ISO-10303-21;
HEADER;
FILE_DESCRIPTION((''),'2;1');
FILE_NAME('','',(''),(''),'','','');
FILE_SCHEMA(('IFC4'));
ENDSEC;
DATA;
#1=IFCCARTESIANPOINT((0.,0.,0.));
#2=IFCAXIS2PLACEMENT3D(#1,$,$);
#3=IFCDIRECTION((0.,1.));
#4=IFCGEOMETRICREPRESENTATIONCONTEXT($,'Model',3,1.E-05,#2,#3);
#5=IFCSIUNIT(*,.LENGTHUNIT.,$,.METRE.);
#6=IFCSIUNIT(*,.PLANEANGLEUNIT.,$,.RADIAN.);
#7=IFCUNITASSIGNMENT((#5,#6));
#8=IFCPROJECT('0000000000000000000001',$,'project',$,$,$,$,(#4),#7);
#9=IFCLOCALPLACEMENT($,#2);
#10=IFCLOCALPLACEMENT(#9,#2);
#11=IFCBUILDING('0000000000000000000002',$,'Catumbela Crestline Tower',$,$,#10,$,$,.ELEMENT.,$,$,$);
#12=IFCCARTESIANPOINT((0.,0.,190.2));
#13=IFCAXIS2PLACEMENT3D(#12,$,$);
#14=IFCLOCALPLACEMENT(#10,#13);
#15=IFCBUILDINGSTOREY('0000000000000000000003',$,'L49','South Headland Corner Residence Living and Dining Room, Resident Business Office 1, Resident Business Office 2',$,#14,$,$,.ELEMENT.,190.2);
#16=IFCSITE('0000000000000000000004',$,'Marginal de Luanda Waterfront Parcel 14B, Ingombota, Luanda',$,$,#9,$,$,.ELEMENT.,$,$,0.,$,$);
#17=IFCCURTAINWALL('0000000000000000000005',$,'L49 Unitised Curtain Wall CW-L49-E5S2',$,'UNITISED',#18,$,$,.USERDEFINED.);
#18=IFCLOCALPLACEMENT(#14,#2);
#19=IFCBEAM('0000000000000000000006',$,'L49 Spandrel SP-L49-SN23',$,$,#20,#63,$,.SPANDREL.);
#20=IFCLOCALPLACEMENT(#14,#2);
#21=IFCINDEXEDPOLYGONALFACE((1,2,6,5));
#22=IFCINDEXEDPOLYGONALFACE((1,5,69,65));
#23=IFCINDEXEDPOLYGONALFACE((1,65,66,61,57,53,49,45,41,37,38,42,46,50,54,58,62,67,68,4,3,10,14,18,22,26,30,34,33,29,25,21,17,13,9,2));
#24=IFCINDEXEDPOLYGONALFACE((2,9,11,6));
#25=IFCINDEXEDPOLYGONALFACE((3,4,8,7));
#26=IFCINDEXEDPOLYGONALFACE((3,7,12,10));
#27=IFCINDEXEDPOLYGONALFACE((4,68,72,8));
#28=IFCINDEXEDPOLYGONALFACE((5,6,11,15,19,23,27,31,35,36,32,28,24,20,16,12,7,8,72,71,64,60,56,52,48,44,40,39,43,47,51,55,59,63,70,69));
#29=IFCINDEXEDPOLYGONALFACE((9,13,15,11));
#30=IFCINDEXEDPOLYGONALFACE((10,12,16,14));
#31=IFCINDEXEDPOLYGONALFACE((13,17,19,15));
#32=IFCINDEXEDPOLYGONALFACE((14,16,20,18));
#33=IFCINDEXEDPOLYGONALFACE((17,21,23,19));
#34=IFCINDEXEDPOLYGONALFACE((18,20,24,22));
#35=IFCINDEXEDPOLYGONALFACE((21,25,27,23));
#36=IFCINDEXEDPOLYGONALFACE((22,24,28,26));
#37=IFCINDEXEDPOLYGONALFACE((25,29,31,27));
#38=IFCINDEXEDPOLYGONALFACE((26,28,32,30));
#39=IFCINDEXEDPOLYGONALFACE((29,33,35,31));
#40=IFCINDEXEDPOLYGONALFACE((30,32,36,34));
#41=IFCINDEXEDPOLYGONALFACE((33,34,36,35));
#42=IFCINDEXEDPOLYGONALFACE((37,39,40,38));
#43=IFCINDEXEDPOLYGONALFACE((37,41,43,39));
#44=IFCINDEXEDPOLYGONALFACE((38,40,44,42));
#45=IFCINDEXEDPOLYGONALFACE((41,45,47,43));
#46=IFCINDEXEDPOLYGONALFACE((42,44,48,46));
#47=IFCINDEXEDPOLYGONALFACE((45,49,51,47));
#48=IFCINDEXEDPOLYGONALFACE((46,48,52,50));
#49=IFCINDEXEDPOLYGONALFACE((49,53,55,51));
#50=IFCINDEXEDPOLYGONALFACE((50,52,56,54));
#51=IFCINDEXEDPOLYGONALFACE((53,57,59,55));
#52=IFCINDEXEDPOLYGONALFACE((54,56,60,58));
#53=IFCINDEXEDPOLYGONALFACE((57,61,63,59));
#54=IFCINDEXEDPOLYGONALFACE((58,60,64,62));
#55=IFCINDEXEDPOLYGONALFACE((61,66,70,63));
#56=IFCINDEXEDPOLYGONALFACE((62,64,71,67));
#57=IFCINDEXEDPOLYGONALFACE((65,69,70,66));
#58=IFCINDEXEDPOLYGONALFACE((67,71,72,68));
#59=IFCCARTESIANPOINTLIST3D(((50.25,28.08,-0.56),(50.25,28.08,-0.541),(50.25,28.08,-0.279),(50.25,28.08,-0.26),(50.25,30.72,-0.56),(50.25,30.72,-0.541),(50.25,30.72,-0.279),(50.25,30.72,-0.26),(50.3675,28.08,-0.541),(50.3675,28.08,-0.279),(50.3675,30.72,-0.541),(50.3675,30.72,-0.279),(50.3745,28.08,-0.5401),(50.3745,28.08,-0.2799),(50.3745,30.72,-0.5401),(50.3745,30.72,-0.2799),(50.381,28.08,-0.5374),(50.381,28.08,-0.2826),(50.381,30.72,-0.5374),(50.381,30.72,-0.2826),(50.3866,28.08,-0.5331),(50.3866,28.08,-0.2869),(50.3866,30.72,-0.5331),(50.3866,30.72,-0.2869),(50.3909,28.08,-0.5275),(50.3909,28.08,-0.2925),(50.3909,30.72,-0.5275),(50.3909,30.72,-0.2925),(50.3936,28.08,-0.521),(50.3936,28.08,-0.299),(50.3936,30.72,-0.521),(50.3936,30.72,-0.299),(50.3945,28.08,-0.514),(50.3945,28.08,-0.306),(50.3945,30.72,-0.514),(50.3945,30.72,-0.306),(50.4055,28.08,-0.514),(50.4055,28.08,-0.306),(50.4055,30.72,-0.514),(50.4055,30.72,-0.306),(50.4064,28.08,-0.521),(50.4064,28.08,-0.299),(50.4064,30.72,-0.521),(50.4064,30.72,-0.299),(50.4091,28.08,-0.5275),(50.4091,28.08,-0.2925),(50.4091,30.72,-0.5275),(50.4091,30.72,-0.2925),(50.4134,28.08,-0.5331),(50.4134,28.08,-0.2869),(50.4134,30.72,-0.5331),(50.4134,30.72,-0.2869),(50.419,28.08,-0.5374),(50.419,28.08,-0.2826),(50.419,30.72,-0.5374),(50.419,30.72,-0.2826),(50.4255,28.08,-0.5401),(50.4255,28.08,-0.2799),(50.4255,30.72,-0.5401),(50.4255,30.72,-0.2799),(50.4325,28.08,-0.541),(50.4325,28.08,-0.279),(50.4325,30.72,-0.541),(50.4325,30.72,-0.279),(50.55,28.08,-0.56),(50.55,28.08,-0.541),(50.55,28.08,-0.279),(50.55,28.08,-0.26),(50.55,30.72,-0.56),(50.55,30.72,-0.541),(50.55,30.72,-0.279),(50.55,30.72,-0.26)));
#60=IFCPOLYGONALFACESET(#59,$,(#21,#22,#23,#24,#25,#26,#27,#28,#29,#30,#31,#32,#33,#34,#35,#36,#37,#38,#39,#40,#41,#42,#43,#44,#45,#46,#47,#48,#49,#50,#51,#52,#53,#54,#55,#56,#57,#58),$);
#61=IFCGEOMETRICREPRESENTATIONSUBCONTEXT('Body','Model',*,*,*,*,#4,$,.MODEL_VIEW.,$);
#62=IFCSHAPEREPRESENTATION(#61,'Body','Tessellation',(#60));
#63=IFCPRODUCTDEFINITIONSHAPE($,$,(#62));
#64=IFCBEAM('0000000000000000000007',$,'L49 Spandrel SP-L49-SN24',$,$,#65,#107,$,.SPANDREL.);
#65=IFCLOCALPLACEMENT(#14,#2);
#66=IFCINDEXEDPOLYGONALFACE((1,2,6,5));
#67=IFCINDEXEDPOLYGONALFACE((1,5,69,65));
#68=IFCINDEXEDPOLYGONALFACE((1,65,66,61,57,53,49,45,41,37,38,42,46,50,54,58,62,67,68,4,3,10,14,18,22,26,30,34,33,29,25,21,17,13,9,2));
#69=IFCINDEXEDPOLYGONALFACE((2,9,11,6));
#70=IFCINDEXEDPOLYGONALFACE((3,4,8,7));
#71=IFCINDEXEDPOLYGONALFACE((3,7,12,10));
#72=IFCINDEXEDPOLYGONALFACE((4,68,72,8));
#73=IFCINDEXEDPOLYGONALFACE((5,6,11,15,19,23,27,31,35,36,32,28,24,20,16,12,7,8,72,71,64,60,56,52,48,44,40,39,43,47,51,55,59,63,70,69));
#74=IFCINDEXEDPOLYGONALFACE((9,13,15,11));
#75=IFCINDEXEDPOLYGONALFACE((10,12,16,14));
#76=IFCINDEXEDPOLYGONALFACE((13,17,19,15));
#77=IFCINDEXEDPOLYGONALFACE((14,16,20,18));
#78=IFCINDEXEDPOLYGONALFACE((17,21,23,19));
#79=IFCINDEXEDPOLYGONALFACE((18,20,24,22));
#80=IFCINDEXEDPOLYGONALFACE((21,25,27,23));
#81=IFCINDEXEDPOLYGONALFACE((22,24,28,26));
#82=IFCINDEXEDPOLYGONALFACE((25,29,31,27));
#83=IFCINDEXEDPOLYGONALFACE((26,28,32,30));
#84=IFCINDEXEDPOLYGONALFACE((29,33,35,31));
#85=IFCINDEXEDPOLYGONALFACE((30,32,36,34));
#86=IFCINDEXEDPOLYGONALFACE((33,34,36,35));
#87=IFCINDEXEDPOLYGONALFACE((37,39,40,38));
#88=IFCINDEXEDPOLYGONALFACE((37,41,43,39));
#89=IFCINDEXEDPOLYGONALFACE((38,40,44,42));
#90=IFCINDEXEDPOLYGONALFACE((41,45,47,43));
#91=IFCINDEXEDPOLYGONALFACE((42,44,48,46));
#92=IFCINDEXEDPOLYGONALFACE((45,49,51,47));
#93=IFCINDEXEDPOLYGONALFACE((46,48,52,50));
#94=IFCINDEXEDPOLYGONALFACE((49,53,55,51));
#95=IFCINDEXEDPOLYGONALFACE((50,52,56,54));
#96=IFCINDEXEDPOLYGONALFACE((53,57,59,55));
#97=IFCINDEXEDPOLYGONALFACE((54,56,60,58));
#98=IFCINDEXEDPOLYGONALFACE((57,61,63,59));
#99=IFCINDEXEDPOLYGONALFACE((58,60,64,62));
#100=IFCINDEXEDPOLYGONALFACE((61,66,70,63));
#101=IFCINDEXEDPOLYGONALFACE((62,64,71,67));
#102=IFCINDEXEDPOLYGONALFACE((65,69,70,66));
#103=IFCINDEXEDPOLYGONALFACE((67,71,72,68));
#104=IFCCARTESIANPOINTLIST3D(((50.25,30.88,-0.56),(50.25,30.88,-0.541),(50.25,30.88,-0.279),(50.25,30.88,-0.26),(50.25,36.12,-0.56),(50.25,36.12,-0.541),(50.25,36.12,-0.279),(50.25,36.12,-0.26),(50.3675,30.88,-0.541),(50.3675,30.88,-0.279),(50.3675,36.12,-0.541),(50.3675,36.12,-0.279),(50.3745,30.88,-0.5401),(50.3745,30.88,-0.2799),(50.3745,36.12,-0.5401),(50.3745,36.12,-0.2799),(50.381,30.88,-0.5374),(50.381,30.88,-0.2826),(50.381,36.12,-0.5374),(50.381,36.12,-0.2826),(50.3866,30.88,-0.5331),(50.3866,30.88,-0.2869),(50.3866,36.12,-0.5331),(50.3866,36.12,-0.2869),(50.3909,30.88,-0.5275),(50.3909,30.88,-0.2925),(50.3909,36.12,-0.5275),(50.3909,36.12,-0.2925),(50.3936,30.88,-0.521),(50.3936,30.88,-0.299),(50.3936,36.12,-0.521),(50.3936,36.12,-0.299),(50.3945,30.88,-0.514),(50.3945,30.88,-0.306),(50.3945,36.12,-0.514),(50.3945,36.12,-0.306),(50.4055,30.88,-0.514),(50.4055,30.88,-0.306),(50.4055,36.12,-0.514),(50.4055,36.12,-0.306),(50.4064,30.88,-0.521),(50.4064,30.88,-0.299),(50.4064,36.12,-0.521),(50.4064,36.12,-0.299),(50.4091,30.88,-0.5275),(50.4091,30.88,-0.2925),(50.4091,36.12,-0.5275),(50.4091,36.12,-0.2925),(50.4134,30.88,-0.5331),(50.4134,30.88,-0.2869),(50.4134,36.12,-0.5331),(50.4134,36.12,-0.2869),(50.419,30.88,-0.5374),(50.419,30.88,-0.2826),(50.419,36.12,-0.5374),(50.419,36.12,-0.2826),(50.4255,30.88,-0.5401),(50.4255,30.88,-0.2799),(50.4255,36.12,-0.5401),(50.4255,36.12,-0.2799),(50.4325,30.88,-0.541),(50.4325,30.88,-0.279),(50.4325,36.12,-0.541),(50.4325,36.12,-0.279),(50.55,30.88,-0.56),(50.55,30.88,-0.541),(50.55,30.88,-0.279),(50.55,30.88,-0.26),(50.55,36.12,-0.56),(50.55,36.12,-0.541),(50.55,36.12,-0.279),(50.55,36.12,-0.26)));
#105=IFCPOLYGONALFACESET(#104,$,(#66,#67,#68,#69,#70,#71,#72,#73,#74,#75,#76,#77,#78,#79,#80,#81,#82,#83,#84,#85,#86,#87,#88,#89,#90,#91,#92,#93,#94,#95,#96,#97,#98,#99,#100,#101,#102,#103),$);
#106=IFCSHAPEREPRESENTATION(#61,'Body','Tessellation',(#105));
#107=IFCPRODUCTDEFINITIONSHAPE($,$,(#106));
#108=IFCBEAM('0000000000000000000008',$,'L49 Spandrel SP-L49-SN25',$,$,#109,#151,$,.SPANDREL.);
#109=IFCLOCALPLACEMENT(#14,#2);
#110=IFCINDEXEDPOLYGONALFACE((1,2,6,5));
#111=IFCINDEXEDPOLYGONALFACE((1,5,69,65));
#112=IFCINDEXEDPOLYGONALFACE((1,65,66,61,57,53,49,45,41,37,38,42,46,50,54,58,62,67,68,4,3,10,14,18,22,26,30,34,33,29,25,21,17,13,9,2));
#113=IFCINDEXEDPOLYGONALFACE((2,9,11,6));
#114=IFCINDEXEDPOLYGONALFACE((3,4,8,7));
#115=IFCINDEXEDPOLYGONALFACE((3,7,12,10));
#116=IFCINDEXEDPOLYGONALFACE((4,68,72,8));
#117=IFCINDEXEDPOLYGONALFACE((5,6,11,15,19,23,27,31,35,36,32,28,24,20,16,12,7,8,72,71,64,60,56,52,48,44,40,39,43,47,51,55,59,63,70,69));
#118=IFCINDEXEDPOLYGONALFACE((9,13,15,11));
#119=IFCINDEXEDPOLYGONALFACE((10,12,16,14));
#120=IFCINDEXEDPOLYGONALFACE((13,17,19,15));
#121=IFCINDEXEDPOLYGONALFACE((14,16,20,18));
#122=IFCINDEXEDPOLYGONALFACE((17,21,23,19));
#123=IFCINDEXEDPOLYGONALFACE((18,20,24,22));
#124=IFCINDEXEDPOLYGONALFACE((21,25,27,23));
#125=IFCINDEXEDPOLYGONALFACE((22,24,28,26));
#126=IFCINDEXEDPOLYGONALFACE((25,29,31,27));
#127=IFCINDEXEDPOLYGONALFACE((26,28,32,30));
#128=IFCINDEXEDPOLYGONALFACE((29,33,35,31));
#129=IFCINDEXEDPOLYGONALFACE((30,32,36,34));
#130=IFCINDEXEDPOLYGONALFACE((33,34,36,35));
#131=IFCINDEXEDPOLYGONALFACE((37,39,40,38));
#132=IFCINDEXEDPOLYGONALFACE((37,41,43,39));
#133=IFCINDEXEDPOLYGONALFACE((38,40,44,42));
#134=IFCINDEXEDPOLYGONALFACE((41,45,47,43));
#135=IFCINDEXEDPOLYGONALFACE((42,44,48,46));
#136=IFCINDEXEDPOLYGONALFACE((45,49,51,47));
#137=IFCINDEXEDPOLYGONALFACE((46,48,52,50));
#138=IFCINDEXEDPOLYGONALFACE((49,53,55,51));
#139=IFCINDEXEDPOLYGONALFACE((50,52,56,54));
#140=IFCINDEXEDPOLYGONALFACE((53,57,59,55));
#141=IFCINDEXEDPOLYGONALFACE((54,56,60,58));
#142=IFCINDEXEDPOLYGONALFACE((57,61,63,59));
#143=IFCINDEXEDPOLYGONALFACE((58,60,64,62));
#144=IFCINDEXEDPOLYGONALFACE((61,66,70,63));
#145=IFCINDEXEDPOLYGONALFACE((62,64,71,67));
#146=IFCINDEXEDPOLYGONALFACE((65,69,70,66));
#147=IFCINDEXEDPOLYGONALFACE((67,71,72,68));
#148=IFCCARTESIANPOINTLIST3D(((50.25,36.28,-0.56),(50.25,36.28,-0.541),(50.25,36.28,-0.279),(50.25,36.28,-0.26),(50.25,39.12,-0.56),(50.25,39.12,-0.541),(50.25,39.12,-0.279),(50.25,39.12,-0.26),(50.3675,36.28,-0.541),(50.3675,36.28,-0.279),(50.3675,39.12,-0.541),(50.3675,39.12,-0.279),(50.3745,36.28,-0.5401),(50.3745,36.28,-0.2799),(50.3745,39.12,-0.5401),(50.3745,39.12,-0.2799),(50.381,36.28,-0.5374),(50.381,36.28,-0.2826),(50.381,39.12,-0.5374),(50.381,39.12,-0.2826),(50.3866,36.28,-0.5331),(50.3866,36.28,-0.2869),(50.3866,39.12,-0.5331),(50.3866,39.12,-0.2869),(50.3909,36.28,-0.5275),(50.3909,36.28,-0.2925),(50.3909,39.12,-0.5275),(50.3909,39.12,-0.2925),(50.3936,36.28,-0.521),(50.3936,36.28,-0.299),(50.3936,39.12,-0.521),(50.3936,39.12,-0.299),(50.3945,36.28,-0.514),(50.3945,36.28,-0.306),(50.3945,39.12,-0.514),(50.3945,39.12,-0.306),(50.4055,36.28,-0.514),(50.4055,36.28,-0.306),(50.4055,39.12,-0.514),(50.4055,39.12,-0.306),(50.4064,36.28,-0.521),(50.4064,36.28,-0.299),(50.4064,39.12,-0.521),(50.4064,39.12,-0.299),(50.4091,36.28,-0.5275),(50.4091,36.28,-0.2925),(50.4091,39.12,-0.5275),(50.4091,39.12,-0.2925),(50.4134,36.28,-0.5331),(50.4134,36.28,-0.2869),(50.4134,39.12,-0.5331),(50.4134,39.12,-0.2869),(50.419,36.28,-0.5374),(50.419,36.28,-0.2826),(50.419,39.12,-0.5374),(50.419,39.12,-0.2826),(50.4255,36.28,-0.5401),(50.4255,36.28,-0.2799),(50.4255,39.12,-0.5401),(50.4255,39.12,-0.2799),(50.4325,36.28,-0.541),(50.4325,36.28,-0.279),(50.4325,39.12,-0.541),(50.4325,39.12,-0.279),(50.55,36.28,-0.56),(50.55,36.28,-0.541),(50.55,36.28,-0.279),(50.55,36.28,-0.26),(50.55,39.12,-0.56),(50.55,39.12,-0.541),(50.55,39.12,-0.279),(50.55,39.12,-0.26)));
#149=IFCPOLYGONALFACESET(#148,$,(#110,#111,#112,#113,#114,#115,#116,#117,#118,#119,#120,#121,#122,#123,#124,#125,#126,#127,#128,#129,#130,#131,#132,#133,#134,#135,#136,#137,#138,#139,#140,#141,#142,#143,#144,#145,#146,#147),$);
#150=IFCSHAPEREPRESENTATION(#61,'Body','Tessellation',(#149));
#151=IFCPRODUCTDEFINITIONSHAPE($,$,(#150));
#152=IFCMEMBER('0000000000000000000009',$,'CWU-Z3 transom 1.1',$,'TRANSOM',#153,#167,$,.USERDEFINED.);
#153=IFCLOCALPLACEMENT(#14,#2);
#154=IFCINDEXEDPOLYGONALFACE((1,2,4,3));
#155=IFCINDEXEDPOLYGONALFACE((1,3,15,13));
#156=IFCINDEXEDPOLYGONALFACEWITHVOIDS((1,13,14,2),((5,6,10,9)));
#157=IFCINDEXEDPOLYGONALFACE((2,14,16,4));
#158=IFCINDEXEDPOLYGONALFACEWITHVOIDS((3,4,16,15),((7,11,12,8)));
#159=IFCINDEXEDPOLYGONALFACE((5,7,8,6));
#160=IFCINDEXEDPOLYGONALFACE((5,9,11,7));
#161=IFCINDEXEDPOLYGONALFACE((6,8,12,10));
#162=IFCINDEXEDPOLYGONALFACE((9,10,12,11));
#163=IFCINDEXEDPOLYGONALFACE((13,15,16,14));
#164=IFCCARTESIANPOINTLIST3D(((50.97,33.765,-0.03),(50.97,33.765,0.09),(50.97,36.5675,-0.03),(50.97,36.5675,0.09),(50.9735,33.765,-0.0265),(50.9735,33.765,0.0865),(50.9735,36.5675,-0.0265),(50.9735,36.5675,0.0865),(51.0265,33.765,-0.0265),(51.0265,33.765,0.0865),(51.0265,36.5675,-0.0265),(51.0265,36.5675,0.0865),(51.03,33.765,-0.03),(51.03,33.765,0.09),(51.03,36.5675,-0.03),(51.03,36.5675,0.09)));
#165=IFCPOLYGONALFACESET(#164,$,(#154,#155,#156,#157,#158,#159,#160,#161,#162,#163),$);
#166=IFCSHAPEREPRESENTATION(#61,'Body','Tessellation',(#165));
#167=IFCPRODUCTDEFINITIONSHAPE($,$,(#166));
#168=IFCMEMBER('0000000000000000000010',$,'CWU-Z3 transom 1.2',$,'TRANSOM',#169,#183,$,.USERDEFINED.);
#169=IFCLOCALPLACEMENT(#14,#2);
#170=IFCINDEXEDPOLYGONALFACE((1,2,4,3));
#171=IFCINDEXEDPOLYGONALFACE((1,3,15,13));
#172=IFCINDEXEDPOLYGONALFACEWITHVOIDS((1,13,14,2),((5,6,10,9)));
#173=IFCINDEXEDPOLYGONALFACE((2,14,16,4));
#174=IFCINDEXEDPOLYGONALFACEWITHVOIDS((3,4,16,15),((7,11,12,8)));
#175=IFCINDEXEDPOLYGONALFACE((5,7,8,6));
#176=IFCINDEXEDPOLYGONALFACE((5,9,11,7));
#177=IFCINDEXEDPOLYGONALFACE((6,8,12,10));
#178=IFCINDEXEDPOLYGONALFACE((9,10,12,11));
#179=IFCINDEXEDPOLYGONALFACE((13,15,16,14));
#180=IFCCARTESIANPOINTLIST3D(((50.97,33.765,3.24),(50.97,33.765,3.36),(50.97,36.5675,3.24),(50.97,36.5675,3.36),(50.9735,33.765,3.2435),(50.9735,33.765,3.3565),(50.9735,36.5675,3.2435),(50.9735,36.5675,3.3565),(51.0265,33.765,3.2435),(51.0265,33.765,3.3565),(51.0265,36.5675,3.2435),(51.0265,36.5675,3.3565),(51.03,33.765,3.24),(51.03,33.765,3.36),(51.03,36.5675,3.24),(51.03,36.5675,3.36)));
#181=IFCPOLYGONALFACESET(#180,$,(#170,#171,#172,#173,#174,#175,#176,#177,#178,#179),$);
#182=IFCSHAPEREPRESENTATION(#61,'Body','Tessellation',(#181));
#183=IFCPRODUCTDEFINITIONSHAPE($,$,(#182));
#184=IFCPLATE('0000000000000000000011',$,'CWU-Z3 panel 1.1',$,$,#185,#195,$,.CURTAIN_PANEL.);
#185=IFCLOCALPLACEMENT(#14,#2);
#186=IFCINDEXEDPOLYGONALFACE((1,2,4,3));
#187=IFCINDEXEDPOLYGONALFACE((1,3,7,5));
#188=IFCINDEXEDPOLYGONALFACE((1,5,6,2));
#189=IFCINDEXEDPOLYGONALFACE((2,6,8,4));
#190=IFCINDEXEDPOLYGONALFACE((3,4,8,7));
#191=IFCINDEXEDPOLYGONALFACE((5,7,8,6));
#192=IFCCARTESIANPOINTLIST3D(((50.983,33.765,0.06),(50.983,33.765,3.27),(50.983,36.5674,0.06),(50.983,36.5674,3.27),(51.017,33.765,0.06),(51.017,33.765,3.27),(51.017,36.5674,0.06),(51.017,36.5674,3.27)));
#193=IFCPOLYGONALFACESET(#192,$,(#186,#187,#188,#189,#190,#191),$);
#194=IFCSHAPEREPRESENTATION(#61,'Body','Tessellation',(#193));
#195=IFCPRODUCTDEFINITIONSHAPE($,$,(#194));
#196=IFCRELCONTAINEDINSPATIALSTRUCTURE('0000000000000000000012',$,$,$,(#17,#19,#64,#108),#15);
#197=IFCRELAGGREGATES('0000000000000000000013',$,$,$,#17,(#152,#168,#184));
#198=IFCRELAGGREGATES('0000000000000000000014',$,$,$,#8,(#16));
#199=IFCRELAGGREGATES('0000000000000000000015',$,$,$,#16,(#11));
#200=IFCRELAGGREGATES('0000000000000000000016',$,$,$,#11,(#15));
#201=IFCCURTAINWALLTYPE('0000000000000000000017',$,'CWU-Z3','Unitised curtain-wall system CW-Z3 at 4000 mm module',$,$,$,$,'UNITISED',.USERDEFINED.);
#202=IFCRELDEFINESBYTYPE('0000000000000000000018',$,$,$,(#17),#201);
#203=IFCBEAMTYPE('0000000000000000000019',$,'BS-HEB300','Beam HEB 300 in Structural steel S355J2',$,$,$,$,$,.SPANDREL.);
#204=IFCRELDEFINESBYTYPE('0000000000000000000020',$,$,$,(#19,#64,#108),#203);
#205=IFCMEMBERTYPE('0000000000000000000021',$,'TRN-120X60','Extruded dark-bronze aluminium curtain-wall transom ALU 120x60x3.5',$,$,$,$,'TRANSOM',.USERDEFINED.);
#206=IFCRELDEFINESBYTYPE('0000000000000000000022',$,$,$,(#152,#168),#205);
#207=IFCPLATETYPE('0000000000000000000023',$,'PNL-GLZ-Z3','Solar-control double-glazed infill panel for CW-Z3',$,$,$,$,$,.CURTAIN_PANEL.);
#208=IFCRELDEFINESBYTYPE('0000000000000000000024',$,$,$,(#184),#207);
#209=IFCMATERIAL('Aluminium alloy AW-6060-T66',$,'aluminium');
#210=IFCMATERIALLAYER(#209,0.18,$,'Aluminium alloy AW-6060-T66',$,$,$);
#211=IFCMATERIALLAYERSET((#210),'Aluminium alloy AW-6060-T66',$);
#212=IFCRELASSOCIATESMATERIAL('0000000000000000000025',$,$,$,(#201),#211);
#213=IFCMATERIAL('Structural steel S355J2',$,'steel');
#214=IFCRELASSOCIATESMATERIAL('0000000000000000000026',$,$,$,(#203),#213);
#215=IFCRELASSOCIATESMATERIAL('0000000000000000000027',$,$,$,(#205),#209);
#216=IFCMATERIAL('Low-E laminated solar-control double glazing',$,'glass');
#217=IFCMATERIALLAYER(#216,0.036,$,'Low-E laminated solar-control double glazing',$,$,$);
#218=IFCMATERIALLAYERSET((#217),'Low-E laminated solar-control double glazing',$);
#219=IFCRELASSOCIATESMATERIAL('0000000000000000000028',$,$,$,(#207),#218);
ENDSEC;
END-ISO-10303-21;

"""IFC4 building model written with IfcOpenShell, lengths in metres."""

from ifc_helpers import new_model, si_unit, direction, frame, origin, origin_2d, place, context, subcontext, project, spatial, rectangle, hollow_rectangle, i_section, extrude, material, layer, layer_set, material_profile, profile_set, type_object, element, aggregate, save


model = new_model("IFC4")

# Units and contexts
model_context = context("Model", 3, precision=1e-05, world=origin(), true_north=direction((0.0, 1.0)))
body_context = subcontext(model_context, "Body", "Model", "MODEL_VIEW")
ifc_project = project(units=[si_unit("LENGTHUNIT", "METRE"), si_unit("PLANEANGLEUNIT", "RADIAN")], contexts=[model_context])

# Site, building, storey
site_placement = place(None, origin())
site = spatial("IfcSite", under=ifc_project, at=site_placement, Name="Marginal de Luanda Waterfront Parcel 14B, Ingombota, Luanda", CompositionType="ELEMENT", RefElevation=0.0)
building_placement = place(site_placement, origin())
building = spatial("IfcBuilding", under=site, at=building_placement, Name="Catumbela Crestline Tower", CompositionType="ELEMENT")
storey_placement = place(building_placement, frame((0.0, 0.0, 190.2)))
storey = spatial("IfcBuildingStorey", under=building, at=storey_placement, Name="L49", Description="South Headland Corner Residence Living and Dining Room, Resident Business Office 1, Resident Business Office 2", CompositionType="ELEMENT", Elevation=190.2)

# Shared definitions
ifc_material_1 = material(Name="Structural steel S355J2", Category="steel")

# Curtain wall
ifc_material_2 = material(Name="Aluminium alloy AW-6060-T66", Category="aluminium")
ifc_layer_1 = layer(ifc_material_2, 0.18, Name="Aluminium alloy AW-6060-T66")
ifc_layer_set_1 = layer_set([ifc_layer_1], Name="Aluminium alloy AW-6060-T66")
curtain_wall_type = type_object("IfcCurtainWallType", Name="CWU-Z3", Description="Unitised curtain-wall system CW-Z3 at 4000 mm module", ElementType="UNITISED", PredefinedType="USERDEFINED", material=ifc_layer_set_1)
curtain_wall_placement = place(storey_placement, origin())
curtain_wall = element("IfcCurtainWall", 1, at=curtain_wall_placement, inside=storey, type_object=curtain_wall_type, Name="L49 Unitised Curtain Wall CW-L49-E5S2", ObjectType="UNITISED", PredefinedType="USERDEFINED")

# Beams
ifc_material_profile_1 = material_profile(ifc_material_1, i_section(OverallWidth=0.3, OverallDepth=0.3, WebThickness=0.011, FlangeThickness=0.019, FilletRadius=0.027, at=origin_2d()), Name="HEB 300")
ifc_profile_set_1 = profile_set([ifc_material_profile_1], Name="Structural steel S355J2")
beam_type_1 = type_object("IfcBeamType", Name="BS-HEB300", Description="Beam HEB 300 in Structural steel S355J2", PredefinedType="SPANDREL", material=ifc_profile_set_1)
beam_1_placement = place(storey_placement, frame((50.4, 28.08, -0.41), z_axis=(0.0, 1.0, 0.0), x_axis=(-1.0, 0.0, 0.0)))
element("IfcBeam", 2, at=beam_1_placement, inside=storey, type_object=beam_type_1, Name="L49 Spandrel SP-L49-SN23", PredefinedType="SPANDREL", context=body_context, shape_type="SweptSolid", body=[
    extrude(i_section(OverallWidth=0.3, OverallDepth=0.3, WebThickness=0.011, FlangeThickness=0.019, FilletRadius=0.027, at=origin_2d()), origin(), (0.0, 0.0, 1.0), 2.64),
])
beam_2_placement = place(storey_placement, frame((50.4, 30.88, -0.41), z_axis=(0.0, 1.0, 0.0), x_axis=(-1.0, 0.0, 0.0)))
element("IfcBeam", 3, at=beam_2_placement, inside=storey, type_object=beam_type_1, Name="L49 Spandrel SP-L49-SN24", PredefinedType="SPANDREL", context=body_context, shape_type="SweptSolid", body=[
    extrude(i_section(OverallWidth=0.3, OverallDepth=0.3, WebThickness=0.011, FlangeThickness=0.019, FilletRadius=0.027, at=origin_2d()), origin(), (0.0, 0.0, 1.0), 5.24),
])
beam_3_placement = place(storey_placement, frame((50.4, 36.28, -0.41), z_axis=(0.0, 1.0, 0.0), x_axis=(-1.0, 0.0, 0.0)))
element("IfcBeam", 4, at=beam_3_placement, inside=storey, type_object=beam_type_1, Name="L49 Spandrel SP-L49-SN25", PredefinedType="SPANDREL", context=body_context, shape_type="SweptSolid", body=[
    extrude(i_section(OverallWidth=0.3, OverallDepth=0.3, WebThickness=0.011, FlangeThickness=0.019, FilletRadius=0.027, at=origin_2d()), origin(), (0.0, 0.0, 1.0), 2.84),
])

# Members
ifc_material_profile_2 = material_profile(ifc_material_2, hollow_rectangle(XDim=0.06, YDim=0.12, WallThickness=0.0035, at=origin_2d()), Name="ALU 120x60x3.5")
ifc_profile_set_2 = profile_set([ifc_material_profile_2], Name="Aluminium alloy AW-6060-T66")
member_type_1 = type_object("IfcMemberType", Name="TRN-120X60", Description="Extruded dark-bronze aluminium curtain-wall transom ALU 120x60x3.5", ElementType="TRANSOM", PredefinedType="USERDEFINED", material=ifc_profile_set_2)
member_1_placement = place(storey_placement, frame((51.0, 33.765, 0.03), z_axis=(0.0, 1.0, 0.0), x_axis=(-1.0, 0.0, 0.0)))
member_1 = element("IfcMember", 5, at=member_1_placement, type_object=member_type_1, Name="CWU-Z3 transom 1.1", ObjectType="TRANSOM", PredefinedType="USERDEFINED", context=body_context, shape_type="SweptSolid", body=[
    extrude(hollow_rectangle(XDim=0.06, YDim=0.12, WallThickness=0.0035, at=origin_2d()), origin(), (0.0, 0.0, 1.0), 2.8025),
])
member_2_placement = place(storey_placement, frame((51.0, 33.765, 3.3), z_axis=(0.0, 1.0, 0.0), x_axis=(-1.0, 0.0, 0.0)))
member_2 = element("IfcMember", 6, at=member_2_placement, type_object=member_type_1, Name="CWU-Z3 transom 1.2", ObjectType="TRANSOM", PredefinedType="USERDEFINED", context=body_context, shape_type="SweptSolid", body=[
    extrude(hollow_rectangle(XDim=0.06, YDim=0.12, WallThickness=0.0035, at=origin_2d()), origin(), (0.0, 0.0, 1.0), 2.8025),
])

# Plate
ifc_material_3 = material(Name="Low-E laminated solar-control double glazing", Category="glass")
ifc_layer_2 = layer(ifc_material_3, 0.036, Name="Low-E laminated solar-control double glazing")
ifc_layer_set_2 = layer_set([ifc_layer_2], Name="Low-E laminated solar-control double glazing")
plate_type = type_object("IfcPlateType", Name="PNL-GLZ-Z3", Description="Solar-control double-glazed infill panel for CW-Z3", PredefinedType="CURTAIN_PANEL", material=ifc_layer_set_2)
plate_placement = place(storey_placement, frame((51.0, 35.1662, 0.06), z_axis=(0.0, 0.0, 1.0), x_axis=(0.0, 1.0, 0.0)))
plate = element("IfcPlate", 7, at=plate_placement, type_object=plate_type, Name="CWU-Z3 panel 1.1", PredefinedType="CURTAIN_PANEL", context=body_context, shape_type="SweptSolid", body=[
    extrude(rectangle(XDim=2.8025, YDim=0.034, at=origin_2d()), origin(), (0.0, 0.0, 1.0), 3.21),
])
aggregate(curtain_wall, [member_1, member_2, plate])

save(model, "model.ifc")
